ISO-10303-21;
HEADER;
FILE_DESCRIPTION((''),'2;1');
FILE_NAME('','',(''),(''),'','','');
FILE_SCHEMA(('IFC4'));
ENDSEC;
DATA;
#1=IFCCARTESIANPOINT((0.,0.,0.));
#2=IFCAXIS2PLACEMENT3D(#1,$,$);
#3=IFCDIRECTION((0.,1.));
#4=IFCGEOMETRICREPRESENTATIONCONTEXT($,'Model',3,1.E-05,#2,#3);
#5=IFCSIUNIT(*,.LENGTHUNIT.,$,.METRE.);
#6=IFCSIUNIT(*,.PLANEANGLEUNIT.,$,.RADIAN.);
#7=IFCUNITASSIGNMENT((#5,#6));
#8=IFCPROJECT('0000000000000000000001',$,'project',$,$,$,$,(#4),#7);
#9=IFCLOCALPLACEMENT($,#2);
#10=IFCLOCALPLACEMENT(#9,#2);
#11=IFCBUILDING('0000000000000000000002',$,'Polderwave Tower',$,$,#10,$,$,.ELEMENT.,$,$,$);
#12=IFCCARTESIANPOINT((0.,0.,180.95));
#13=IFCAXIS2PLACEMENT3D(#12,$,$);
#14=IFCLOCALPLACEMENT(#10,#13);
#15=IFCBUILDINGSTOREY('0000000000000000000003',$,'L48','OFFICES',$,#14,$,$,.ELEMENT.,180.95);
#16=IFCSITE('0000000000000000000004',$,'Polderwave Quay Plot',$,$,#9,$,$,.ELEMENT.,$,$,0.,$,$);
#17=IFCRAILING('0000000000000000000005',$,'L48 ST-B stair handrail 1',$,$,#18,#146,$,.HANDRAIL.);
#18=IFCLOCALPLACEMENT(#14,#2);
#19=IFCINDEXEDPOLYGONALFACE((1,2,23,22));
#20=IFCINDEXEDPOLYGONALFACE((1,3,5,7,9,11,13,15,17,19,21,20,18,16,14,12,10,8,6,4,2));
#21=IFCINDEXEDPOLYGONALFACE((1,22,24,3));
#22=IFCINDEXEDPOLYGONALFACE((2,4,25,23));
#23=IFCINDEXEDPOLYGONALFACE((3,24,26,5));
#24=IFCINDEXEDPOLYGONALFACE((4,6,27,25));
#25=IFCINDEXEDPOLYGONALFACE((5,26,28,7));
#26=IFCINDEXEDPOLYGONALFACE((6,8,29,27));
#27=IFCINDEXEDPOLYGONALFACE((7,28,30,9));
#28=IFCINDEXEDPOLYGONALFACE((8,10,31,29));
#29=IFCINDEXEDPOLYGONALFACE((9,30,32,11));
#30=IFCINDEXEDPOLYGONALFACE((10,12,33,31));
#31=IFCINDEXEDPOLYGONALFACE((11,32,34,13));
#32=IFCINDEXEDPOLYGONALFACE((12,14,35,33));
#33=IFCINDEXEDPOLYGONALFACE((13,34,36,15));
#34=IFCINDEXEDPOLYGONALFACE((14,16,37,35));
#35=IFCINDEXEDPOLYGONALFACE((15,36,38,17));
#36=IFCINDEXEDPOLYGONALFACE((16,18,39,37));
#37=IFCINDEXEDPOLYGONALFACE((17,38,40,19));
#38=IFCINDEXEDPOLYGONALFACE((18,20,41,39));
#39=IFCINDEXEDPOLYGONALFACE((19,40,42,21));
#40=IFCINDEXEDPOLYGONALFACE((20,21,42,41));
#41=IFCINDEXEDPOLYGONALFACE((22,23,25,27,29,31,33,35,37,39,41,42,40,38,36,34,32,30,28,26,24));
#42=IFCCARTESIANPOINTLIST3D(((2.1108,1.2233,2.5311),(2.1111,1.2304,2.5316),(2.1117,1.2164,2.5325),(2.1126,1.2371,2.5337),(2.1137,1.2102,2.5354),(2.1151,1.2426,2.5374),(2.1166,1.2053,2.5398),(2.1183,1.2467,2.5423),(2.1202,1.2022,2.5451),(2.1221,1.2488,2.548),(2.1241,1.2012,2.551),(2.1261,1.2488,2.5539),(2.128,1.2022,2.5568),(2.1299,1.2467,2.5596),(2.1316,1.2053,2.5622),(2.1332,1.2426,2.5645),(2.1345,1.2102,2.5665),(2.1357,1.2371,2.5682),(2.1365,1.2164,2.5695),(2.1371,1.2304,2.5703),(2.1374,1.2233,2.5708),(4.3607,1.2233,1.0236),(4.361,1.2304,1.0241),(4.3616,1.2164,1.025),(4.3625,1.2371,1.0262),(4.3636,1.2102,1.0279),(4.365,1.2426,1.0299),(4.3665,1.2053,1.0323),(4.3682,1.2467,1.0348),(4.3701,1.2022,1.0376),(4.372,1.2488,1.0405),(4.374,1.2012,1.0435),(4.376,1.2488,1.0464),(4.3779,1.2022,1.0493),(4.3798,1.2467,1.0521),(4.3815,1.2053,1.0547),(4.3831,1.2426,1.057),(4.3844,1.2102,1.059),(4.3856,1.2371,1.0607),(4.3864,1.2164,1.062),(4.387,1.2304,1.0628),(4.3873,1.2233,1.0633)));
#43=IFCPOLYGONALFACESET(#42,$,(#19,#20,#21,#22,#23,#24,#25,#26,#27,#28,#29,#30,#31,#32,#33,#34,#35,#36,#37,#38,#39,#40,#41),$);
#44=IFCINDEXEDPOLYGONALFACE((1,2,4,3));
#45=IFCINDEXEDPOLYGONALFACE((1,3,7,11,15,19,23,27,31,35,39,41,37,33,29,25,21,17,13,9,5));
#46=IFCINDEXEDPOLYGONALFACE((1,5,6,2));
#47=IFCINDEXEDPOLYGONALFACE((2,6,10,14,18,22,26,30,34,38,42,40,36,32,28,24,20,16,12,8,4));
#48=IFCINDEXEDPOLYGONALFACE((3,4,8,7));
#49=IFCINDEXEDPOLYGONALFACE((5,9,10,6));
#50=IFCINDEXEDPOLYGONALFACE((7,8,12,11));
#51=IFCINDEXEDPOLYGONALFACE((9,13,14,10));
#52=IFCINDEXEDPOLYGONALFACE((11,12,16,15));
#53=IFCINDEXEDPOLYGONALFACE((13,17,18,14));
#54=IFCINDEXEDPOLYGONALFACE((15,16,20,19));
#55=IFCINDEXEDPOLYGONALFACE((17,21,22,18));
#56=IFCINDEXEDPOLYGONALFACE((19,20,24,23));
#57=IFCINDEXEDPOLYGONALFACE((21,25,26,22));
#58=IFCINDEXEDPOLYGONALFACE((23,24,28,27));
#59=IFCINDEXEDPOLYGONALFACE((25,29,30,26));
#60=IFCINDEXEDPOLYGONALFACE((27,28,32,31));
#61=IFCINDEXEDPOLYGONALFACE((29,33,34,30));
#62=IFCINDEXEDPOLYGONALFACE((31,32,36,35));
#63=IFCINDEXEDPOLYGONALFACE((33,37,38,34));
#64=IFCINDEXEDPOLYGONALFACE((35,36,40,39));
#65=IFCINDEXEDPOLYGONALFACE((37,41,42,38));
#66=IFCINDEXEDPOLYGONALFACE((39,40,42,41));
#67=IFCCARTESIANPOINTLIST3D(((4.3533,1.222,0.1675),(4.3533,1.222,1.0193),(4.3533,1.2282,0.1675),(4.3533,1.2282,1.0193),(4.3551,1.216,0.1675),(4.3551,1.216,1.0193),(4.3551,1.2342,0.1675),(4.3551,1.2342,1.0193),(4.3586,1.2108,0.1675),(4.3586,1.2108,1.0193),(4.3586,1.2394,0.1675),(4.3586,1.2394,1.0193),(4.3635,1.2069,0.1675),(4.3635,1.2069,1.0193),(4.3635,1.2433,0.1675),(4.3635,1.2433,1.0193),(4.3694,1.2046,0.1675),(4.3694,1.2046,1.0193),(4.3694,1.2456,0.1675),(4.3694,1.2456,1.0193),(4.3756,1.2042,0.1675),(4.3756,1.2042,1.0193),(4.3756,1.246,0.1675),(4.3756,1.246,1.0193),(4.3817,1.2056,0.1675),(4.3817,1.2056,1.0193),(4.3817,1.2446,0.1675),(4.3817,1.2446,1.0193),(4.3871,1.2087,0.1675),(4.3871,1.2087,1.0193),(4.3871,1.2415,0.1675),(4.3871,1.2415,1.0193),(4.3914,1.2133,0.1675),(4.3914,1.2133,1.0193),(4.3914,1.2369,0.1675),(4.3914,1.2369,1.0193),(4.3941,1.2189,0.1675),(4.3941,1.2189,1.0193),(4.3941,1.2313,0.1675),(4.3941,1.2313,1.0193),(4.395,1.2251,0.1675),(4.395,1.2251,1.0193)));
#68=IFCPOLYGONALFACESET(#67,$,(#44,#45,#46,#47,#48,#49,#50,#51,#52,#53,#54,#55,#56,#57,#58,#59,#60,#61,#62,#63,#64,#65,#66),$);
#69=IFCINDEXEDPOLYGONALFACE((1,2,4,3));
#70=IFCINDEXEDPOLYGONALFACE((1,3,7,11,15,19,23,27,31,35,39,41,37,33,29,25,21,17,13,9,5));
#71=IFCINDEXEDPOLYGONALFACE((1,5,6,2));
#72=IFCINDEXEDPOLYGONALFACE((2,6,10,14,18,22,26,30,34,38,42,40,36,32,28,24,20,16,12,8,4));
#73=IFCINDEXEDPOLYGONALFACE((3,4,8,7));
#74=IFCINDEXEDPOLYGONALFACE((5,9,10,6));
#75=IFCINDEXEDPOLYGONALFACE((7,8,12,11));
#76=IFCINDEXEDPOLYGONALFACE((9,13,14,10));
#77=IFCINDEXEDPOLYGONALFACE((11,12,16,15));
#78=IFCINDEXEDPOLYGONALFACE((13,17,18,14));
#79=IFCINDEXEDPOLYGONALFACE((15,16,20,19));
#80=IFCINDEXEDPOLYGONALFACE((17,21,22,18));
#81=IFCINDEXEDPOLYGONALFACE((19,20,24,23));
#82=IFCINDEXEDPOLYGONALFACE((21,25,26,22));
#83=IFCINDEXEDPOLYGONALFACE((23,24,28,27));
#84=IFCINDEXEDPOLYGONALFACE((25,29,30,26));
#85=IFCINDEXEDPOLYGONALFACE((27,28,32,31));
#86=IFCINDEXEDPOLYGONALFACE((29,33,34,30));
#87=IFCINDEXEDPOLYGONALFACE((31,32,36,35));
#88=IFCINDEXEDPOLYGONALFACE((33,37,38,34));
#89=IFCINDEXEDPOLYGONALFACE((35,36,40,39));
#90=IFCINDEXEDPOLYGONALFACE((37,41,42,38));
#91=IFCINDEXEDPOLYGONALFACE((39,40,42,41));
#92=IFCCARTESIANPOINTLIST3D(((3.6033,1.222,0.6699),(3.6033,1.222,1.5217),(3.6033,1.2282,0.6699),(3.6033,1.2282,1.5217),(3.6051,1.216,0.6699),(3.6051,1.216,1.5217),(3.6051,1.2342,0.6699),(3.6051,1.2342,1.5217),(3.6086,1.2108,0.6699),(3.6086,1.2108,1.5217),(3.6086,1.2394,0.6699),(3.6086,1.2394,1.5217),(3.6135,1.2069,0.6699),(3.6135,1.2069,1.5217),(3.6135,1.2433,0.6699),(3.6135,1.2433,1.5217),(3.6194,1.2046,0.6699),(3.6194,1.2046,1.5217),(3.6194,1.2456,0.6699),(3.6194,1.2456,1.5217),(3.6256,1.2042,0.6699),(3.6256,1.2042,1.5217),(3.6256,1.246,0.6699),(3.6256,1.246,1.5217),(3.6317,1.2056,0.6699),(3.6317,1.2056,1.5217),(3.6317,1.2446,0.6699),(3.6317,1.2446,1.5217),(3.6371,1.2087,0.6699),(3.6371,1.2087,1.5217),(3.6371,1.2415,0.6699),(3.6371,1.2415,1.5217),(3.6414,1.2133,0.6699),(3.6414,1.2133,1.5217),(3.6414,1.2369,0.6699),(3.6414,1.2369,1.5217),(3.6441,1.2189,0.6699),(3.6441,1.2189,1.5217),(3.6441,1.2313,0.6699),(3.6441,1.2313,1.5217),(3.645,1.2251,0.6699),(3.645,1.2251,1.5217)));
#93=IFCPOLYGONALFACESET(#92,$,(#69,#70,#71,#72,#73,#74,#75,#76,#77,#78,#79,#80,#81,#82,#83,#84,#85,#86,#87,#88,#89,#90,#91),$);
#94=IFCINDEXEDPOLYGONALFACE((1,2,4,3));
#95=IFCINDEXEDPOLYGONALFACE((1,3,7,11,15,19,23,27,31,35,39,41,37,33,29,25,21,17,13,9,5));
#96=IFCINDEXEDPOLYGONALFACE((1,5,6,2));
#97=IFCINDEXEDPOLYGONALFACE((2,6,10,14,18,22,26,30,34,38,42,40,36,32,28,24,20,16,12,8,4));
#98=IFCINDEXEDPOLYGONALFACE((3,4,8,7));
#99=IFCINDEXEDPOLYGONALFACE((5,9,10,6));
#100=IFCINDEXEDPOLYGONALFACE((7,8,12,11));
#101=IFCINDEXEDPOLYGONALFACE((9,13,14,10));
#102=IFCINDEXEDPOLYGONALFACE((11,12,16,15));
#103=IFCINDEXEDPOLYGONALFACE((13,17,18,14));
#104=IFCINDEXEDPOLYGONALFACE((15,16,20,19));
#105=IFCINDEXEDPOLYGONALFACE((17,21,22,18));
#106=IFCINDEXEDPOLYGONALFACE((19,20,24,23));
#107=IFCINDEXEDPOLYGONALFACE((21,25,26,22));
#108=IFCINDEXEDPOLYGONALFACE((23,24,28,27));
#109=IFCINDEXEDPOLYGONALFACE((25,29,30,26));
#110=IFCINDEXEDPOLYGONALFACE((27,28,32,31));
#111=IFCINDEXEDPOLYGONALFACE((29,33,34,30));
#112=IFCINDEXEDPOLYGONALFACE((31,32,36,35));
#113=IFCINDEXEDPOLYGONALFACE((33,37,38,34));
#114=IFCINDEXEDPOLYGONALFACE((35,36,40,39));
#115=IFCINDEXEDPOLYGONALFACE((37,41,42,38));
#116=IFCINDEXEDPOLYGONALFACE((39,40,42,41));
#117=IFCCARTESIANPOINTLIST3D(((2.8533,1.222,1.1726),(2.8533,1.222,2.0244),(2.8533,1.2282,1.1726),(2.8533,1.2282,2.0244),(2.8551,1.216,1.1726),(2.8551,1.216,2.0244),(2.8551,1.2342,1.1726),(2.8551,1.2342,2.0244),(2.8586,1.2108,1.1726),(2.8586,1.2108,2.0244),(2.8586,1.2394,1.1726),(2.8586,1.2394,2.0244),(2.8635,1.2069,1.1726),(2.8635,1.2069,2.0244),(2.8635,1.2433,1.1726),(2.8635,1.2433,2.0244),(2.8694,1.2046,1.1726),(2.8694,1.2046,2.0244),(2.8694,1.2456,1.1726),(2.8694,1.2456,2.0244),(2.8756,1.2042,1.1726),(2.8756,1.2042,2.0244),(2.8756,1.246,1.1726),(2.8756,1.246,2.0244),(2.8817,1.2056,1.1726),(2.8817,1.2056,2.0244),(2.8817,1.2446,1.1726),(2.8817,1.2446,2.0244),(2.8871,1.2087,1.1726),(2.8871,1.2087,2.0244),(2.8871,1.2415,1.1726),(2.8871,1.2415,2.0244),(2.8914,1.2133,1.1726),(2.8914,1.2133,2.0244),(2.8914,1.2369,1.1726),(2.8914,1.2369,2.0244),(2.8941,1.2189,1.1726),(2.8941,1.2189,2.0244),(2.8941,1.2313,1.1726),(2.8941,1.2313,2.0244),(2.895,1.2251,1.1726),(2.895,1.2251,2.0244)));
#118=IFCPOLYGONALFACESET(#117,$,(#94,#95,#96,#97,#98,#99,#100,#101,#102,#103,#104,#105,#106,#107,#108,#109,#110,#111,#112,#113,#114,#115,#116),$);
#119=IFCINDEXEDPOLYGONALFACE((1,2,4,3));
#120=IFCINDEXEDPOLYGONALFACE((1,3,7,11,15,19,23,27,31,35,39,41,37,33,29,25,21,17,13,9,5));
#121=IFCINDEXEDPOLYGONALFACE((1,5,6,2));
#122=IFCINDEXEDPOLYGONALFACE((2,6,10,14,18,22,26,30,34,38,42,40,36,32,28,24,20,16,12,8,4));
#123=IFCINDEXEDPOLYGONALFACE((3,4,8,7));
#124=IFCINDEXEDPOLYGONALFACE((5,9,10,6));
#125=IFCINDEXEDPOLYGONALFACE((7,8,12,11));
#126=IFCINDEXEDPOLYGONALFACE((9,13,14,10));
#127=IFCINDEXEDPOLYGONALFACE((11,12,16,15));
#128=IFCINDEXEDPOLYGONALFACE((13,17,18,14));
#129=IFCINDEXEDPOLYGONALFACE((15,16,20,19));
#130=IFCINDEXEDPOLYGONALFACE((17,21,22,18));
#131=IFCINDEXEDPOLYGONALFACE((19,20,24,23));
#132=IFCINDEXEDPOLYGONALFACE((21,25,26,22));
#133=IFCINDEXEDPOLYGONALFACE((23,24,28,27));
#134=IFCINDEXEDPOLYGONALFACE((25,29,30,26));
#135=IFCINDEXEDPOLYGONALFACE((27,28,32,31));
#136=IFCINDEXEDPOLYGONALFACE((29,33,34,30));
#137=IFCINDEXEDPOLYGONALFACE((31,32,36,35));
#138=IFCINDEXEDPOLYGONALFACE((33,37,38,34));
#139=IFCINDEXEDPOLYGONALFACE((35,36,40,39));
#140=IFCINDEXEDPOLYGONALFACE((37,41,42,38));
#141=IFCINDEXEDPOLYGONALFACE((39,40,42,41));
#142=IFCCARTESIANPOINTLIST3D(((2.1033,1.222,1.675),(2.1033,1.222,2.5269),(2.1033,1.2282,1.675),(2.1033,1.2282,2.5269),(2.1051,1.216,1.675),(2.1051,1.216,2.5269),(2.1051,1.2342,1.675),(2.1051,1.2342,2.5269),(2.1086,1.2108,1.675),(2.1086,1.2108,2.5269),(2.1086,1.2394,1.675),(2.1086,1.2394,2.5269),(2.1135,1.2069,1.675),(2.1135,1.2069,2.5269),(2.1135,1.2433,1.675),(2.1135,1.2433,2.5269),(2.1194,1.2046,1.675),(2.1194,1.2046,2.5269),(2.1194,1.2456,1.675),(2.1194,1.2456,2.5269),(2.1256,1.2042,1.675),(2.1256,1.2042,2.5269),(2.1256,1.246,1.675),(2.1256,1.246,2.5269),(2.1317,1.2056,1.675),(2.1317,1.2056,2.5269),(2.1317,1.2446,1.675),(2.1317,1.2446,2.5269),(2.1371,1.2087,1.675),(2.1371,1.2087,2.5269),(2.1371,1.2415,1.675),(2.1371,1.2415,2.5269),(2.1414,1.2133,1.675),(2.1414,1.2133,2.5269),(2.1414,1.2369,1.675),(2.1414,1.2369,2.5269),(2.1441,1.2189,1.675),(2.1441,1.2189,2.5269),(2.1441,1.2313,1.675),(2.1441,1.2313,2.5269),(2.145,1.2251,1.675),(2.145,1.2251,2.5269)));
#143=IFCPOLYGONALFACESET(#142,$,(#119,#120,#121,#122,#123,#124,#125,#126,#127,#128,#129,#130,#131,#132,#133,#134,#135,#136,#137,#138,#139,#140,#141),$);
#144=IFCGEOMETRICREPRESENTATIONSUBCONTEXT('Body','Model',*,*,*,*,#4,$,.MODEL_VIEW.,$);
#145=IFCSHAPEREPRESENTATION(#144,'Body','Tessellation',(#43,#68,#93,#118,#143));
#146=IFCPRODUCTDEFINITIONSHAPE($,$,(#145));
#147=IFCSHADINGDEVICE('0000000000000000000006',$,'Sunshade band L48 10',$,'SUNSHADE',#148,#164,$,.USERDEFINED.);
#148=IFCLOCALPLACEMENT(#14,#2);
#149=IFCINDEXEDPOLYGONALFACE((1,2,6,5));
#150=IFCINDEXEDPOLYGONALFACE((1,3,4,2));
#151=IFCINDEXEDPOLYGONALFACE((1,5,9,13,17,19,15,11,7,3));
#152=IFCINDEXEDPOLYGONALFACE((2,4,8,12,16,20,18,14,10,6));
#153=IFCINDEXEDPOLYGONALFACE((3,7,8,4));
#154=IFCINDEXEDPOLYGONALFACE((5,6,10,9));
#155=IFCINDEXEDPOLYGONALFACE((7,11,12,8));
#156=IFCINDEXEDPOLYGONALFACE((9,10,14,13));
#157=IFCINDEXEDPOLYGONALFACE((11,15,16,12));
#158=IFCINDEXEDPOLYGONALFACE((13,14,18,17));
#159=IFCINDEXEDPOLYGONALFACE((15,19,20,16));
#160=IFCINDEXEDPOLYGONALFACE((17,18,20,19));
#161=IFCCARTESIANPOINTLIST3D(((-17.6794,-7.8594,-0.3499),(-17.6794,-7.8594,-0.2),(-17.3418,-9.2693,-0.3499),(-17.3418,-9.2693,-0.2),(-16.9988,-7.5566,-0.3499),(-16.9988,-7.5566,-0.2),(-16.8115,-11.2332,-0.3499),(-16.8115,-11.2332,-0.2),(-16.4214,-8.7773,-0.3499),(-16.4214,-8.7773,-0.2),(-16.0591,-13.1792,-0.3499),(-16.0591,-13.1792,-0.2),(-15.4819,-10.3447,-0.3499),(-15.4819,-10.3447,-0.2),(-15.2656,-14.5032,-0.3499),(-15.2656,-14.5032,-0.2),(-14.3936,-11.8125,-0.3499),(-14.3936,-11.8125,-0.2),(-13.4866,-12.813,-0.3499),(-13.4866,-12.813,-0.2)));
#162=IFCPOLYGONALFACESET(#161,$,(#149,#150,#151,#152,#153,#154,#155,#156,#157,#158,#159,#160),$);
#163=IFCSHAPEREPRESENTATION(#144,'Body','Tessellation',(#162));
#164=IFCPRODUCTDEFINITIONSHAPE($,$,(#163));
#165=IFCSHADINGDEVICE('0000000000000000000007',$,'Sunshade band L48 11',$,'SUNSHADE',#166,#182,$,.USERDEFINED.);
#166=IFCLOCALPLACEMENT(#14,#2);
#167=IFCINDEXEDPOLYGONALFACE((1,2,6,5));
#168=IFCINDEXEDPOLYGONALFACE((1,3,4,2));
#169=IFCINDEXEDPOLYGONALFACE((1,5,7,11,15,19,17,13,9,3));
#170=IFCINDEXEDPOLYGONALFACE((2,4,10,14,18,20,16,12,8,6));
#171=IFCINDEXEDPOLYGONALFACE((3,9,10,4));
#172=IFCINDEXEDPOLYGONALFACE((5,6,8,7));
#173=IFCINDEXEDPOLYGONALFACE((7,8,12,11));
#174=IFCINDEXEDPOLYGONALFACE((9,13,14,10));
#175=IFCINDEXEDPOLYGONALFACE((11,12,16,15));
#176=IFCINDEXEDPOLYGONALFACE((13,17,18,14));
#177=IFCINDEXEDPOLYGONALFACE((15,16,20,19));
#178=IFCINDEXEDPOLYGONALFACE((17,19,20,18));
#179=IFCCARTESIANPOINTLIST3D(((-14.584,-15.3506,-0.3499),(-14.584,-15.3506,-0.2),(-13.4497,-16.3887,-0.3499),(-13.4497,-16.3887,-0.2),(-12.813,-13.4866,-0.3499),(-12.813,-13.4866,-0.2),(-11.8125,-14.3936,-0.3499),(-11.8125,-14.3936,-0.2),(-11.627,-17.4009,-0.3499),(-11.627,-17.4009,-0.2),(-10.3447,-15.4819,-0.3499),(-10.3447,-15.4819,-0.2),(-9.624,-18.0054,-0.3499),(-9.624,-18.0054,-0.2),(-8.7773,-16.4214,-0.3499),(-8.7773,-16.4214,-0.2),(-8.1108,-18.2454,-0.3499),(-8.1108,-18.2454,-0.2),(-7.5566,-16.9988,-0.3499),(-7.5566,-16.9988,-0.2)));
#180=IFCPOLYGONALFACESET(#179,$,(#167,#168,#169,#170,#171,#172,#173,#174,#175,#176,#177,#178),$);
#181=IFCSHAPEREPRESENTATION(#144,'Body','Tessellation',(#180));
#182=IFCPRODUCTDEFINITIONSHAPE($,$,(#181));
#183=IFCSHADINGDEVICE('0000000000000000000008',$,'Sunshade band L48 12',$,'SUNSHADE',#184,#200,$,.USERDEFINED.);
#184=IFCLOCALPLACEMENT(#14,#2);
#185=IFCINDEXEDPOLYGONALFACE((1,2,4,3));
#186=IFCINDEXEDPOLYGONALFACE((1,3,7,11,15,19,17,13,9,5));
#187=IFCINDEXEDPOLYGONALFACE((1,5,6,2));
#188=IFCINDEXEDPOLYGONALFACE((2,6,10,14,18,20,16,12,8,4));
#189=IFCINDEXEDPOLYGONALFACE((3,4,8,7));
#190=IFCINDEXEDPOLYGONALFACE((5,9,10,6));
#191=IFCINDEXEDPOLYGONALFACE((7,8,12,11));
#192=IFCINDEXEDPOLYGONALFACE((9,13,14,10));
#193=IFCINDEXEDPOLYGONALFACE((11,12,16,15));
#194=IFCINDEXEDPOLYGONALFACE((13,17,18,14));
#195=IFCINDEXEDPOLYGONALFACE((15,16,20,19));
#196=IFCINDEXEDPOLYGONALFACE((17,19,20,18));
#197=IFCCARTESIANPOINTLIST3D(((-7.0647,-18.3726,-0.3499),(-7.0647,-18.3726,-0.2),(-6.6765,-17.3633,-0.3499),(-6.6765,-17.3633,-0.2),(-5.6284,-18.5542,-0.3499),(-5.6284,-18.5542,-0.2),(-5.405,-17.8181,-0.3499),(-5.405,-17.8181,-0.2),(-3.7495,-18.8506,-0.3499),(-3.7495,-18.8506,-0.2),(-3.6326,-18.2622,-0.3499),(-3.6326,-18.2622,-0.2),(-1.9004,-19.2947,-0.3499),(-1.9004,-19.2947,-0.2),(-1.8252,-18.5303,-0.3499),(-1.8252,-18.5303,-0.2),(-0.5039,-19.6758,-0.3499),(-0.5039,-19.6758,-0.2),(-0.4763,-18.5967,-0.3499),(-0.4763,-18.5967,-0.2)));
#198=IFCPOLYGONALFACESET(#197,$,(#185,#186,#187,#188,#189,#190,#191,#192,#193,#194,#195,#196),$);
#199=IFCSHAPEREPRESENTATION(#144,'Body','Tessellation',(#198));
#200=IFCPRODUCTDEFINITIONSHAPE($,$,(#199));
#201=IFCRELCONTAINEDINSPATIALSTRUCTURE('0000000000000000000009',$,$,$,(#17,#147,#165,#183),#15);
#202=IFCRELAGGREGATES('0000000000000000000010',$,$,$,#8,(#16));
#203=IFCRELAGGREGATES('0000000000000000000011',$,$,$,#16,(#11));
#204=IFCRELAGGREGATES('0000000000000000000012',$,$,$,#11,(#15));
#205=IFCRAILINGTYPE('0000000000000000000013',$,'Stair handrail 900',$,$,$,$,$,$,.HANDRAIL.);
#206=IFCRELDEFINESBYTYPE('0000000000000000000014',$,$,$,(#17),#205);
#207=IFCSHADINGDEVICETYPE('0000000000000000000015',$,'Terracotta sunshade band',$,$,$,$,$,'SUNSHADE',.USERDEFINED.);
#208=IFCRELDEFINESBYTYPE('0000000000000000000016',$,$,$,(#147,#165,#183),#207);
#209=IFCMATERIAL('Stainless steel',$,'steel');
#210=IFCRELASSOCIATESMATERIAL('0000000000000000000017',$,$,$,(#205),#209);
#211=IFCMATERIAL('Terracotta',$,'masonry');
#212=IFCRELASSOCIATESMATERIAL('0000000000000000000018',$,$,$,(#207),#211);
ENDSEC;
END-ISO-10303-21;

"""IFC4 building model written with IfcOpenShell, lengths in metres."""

from ifc_helpers import new_model, si_unit, direction, frame, origin, origin_2d, place, context, subcontext, project, spatial, polyline, circle, outline, extrude, material, type_object, element, save


model = new_model("IFC4")

# Units and contexts
model_context = context("Model", 3, precision=1e-05, world=origin(), true_north=direction((0.0, 1.0)))
body_context = subcontext(model_context, "Body", "Model", "MODEL_VIEW")
ifc_project = project(units=[si_unit("LENGTHUNIT", "METRE"), si_unit("PLANEANGLEUNIT", "RADIAN")], contexts=[model_context])

# Site, building, storey
site_placement = place(None, origin())
site = spatial("IfcSite", under=ifc_project, at=site_placement, Name="Polderwave Quay Plot", CompositionType="ELEMENT", RefElevation=0.0)
building_placement = place(site_placement, origin())
building = spatial("IfcBuilding", under=site, at=building_placement, Name="Polderwave Tower", CompositionType="ELEMENT")
storey_placement = place(building_placement, frame((0.0, 0.0, 180.95)))
storey = spatial("IfcBuildingStorey", under=building, at=storey_placement, Name="L48", Description="OFFICES", CompositionType="ELEMENT", Elevation=180.95)

# Railing
ifc_material_1 = material(Name="Stainless steel", Category="steel")
railing_type_1 = type_object("IfcRailingType", Name="Stair handrail 900", PredefinedType="HANDRAIL", material=ifc_material_1)
railing_1_placement = place(storey_placement, frame((4.374, 1.2251, 0.1675)))
element("IfcRailing", 1, at=railing_1_placement, inside=storey, type_object=railing_type_1, Name="L48 ST-B stair handrail 1", PredefinedType="HANDRAIL", context=body_context, shape_type="SweptSolid", body=[
    extrude(circle(Radius=0.0239, at=origin_2d()), frame((0.0, 0.0, 0.876), z_axis=(-0.830758, 0.0, 0.556633), x_axis=(0.0, -1.0, 0.0)), (0.0, 0.0, 1.0), 2.7083),
    extrude(circle(Radius=0.021, at=origin_2d()), origin(), (0.0, 0.0, 1.0), 0.8518),
    extrude(circle(Radius=0.021, at=origin_2d()), frame((-0.75, 0.0, 0.5024)), (0.0, 0.0, 1.0), 0.8518),
    extrude(circle(Radius=0.021, at=origin_2d()), frame((-1.5, 0.0, 1.0051)), (0.0, 0.0, 1.0), 0.8518),
    extrude(circle(Radius=0.021, at=origin_2d()), frame((-2.25, 0.0, 1.5076)), (0.0, 0.0, 1.0), 0.8518),
])

# Shading devices
ifc_material_2 = material(Name="Terracotta", Category="masonry")
shading_device_type = type_object("IfcShadingDeviceType", Name="Terracotta sunshade band", ElementType="SUNSHADE", PredefinedType="USERDEFINED", material=ifc_material_2)
shading_device_1_placement = place(storey_placement, frame((0.0, 0.0, -0.3499)))
element("IfcShadingDevice", 2, at=shading_device_1_placement, inside=storey, type_object=shading_device_type, Name="Sunshade band L48 10", ObjectType="SUNSHADE", PredefinedType="USERDEFINED", context=body_context, shape_type="SweptSolid", body=[
    extrude(outline(polyline([(-16.9988, -7.5566), (-16.4214, -8.7773), (-15.4819, -10.3447), (-14.3936, -11.8125), (-13.4866, -12.813), (-15.2656, -14.5032), (-16.0591, -13.1792), (-16.8115, -11.2332), (-17.3418, -9.2693), (-17.6794, -7.8594), (-16.9988, -7.5566)])), origin(), (0.0, 0.0, 1.0), 0.1499),
])
shading_device_2_placement = place(storey_placement, frame((0.0, 0.0, -0.3499)))
element("IfcShadingDevice", 3, at=shading_device_2_placement, inside=storey, type_object=shading_device_type, Name="Sunshade band L48 11", ObjectType="SUNSHADE", PredefinedType="USERDEFINED", context=body_context, shape_type="SweptSolid", body=[
    extrude(outline(polyline([(-12.813, -13.4866), (-11.8125, -14.3936), (-10.3447, -15.4819), (-8.7773, -16.4214), (-7.5566, -16.9988), (-8.1108, -18.2454), (-9.624, -18.0054), (-11.627, -17.4009), (-13.4497, -16.3887), (-14.584, -15.3506), (-12.813, -13.4866)])), origin(), (0.0, 0.0, 1.0), 0.1499),
])
shading_device_3_placement = place(storey_placement, frame((0.0, 0.0, -0.3499)))
element("IfcShadingDevice", 4, at=shading_device_3_placement, inside=storey, type_object=shading_device_type, Name="Sunshade band L48 12", ObjectType="SUNSHADE", PredefinedType="USERDEFINED", context=body_context, shape_type="SweptSolid", body=[
    extrude(outline(polyline([(-6.6765, -17.3633), (-5.405, -17.8181), (-3.6326, -18.2622), (-1.8252, -18.5303), (-0.4763, -18.5967), (-0.5039, -19.6758), (-1.9004, -19.2947), (-3.7495, -18.8506), (-5.6284, -18.5542), (-7.0647, -18.3726), (-6.6765, -17.3633)])), origin(), (0.0, 0.0, 1.0), 0.1499),
])

save(model, "model.ifc")
